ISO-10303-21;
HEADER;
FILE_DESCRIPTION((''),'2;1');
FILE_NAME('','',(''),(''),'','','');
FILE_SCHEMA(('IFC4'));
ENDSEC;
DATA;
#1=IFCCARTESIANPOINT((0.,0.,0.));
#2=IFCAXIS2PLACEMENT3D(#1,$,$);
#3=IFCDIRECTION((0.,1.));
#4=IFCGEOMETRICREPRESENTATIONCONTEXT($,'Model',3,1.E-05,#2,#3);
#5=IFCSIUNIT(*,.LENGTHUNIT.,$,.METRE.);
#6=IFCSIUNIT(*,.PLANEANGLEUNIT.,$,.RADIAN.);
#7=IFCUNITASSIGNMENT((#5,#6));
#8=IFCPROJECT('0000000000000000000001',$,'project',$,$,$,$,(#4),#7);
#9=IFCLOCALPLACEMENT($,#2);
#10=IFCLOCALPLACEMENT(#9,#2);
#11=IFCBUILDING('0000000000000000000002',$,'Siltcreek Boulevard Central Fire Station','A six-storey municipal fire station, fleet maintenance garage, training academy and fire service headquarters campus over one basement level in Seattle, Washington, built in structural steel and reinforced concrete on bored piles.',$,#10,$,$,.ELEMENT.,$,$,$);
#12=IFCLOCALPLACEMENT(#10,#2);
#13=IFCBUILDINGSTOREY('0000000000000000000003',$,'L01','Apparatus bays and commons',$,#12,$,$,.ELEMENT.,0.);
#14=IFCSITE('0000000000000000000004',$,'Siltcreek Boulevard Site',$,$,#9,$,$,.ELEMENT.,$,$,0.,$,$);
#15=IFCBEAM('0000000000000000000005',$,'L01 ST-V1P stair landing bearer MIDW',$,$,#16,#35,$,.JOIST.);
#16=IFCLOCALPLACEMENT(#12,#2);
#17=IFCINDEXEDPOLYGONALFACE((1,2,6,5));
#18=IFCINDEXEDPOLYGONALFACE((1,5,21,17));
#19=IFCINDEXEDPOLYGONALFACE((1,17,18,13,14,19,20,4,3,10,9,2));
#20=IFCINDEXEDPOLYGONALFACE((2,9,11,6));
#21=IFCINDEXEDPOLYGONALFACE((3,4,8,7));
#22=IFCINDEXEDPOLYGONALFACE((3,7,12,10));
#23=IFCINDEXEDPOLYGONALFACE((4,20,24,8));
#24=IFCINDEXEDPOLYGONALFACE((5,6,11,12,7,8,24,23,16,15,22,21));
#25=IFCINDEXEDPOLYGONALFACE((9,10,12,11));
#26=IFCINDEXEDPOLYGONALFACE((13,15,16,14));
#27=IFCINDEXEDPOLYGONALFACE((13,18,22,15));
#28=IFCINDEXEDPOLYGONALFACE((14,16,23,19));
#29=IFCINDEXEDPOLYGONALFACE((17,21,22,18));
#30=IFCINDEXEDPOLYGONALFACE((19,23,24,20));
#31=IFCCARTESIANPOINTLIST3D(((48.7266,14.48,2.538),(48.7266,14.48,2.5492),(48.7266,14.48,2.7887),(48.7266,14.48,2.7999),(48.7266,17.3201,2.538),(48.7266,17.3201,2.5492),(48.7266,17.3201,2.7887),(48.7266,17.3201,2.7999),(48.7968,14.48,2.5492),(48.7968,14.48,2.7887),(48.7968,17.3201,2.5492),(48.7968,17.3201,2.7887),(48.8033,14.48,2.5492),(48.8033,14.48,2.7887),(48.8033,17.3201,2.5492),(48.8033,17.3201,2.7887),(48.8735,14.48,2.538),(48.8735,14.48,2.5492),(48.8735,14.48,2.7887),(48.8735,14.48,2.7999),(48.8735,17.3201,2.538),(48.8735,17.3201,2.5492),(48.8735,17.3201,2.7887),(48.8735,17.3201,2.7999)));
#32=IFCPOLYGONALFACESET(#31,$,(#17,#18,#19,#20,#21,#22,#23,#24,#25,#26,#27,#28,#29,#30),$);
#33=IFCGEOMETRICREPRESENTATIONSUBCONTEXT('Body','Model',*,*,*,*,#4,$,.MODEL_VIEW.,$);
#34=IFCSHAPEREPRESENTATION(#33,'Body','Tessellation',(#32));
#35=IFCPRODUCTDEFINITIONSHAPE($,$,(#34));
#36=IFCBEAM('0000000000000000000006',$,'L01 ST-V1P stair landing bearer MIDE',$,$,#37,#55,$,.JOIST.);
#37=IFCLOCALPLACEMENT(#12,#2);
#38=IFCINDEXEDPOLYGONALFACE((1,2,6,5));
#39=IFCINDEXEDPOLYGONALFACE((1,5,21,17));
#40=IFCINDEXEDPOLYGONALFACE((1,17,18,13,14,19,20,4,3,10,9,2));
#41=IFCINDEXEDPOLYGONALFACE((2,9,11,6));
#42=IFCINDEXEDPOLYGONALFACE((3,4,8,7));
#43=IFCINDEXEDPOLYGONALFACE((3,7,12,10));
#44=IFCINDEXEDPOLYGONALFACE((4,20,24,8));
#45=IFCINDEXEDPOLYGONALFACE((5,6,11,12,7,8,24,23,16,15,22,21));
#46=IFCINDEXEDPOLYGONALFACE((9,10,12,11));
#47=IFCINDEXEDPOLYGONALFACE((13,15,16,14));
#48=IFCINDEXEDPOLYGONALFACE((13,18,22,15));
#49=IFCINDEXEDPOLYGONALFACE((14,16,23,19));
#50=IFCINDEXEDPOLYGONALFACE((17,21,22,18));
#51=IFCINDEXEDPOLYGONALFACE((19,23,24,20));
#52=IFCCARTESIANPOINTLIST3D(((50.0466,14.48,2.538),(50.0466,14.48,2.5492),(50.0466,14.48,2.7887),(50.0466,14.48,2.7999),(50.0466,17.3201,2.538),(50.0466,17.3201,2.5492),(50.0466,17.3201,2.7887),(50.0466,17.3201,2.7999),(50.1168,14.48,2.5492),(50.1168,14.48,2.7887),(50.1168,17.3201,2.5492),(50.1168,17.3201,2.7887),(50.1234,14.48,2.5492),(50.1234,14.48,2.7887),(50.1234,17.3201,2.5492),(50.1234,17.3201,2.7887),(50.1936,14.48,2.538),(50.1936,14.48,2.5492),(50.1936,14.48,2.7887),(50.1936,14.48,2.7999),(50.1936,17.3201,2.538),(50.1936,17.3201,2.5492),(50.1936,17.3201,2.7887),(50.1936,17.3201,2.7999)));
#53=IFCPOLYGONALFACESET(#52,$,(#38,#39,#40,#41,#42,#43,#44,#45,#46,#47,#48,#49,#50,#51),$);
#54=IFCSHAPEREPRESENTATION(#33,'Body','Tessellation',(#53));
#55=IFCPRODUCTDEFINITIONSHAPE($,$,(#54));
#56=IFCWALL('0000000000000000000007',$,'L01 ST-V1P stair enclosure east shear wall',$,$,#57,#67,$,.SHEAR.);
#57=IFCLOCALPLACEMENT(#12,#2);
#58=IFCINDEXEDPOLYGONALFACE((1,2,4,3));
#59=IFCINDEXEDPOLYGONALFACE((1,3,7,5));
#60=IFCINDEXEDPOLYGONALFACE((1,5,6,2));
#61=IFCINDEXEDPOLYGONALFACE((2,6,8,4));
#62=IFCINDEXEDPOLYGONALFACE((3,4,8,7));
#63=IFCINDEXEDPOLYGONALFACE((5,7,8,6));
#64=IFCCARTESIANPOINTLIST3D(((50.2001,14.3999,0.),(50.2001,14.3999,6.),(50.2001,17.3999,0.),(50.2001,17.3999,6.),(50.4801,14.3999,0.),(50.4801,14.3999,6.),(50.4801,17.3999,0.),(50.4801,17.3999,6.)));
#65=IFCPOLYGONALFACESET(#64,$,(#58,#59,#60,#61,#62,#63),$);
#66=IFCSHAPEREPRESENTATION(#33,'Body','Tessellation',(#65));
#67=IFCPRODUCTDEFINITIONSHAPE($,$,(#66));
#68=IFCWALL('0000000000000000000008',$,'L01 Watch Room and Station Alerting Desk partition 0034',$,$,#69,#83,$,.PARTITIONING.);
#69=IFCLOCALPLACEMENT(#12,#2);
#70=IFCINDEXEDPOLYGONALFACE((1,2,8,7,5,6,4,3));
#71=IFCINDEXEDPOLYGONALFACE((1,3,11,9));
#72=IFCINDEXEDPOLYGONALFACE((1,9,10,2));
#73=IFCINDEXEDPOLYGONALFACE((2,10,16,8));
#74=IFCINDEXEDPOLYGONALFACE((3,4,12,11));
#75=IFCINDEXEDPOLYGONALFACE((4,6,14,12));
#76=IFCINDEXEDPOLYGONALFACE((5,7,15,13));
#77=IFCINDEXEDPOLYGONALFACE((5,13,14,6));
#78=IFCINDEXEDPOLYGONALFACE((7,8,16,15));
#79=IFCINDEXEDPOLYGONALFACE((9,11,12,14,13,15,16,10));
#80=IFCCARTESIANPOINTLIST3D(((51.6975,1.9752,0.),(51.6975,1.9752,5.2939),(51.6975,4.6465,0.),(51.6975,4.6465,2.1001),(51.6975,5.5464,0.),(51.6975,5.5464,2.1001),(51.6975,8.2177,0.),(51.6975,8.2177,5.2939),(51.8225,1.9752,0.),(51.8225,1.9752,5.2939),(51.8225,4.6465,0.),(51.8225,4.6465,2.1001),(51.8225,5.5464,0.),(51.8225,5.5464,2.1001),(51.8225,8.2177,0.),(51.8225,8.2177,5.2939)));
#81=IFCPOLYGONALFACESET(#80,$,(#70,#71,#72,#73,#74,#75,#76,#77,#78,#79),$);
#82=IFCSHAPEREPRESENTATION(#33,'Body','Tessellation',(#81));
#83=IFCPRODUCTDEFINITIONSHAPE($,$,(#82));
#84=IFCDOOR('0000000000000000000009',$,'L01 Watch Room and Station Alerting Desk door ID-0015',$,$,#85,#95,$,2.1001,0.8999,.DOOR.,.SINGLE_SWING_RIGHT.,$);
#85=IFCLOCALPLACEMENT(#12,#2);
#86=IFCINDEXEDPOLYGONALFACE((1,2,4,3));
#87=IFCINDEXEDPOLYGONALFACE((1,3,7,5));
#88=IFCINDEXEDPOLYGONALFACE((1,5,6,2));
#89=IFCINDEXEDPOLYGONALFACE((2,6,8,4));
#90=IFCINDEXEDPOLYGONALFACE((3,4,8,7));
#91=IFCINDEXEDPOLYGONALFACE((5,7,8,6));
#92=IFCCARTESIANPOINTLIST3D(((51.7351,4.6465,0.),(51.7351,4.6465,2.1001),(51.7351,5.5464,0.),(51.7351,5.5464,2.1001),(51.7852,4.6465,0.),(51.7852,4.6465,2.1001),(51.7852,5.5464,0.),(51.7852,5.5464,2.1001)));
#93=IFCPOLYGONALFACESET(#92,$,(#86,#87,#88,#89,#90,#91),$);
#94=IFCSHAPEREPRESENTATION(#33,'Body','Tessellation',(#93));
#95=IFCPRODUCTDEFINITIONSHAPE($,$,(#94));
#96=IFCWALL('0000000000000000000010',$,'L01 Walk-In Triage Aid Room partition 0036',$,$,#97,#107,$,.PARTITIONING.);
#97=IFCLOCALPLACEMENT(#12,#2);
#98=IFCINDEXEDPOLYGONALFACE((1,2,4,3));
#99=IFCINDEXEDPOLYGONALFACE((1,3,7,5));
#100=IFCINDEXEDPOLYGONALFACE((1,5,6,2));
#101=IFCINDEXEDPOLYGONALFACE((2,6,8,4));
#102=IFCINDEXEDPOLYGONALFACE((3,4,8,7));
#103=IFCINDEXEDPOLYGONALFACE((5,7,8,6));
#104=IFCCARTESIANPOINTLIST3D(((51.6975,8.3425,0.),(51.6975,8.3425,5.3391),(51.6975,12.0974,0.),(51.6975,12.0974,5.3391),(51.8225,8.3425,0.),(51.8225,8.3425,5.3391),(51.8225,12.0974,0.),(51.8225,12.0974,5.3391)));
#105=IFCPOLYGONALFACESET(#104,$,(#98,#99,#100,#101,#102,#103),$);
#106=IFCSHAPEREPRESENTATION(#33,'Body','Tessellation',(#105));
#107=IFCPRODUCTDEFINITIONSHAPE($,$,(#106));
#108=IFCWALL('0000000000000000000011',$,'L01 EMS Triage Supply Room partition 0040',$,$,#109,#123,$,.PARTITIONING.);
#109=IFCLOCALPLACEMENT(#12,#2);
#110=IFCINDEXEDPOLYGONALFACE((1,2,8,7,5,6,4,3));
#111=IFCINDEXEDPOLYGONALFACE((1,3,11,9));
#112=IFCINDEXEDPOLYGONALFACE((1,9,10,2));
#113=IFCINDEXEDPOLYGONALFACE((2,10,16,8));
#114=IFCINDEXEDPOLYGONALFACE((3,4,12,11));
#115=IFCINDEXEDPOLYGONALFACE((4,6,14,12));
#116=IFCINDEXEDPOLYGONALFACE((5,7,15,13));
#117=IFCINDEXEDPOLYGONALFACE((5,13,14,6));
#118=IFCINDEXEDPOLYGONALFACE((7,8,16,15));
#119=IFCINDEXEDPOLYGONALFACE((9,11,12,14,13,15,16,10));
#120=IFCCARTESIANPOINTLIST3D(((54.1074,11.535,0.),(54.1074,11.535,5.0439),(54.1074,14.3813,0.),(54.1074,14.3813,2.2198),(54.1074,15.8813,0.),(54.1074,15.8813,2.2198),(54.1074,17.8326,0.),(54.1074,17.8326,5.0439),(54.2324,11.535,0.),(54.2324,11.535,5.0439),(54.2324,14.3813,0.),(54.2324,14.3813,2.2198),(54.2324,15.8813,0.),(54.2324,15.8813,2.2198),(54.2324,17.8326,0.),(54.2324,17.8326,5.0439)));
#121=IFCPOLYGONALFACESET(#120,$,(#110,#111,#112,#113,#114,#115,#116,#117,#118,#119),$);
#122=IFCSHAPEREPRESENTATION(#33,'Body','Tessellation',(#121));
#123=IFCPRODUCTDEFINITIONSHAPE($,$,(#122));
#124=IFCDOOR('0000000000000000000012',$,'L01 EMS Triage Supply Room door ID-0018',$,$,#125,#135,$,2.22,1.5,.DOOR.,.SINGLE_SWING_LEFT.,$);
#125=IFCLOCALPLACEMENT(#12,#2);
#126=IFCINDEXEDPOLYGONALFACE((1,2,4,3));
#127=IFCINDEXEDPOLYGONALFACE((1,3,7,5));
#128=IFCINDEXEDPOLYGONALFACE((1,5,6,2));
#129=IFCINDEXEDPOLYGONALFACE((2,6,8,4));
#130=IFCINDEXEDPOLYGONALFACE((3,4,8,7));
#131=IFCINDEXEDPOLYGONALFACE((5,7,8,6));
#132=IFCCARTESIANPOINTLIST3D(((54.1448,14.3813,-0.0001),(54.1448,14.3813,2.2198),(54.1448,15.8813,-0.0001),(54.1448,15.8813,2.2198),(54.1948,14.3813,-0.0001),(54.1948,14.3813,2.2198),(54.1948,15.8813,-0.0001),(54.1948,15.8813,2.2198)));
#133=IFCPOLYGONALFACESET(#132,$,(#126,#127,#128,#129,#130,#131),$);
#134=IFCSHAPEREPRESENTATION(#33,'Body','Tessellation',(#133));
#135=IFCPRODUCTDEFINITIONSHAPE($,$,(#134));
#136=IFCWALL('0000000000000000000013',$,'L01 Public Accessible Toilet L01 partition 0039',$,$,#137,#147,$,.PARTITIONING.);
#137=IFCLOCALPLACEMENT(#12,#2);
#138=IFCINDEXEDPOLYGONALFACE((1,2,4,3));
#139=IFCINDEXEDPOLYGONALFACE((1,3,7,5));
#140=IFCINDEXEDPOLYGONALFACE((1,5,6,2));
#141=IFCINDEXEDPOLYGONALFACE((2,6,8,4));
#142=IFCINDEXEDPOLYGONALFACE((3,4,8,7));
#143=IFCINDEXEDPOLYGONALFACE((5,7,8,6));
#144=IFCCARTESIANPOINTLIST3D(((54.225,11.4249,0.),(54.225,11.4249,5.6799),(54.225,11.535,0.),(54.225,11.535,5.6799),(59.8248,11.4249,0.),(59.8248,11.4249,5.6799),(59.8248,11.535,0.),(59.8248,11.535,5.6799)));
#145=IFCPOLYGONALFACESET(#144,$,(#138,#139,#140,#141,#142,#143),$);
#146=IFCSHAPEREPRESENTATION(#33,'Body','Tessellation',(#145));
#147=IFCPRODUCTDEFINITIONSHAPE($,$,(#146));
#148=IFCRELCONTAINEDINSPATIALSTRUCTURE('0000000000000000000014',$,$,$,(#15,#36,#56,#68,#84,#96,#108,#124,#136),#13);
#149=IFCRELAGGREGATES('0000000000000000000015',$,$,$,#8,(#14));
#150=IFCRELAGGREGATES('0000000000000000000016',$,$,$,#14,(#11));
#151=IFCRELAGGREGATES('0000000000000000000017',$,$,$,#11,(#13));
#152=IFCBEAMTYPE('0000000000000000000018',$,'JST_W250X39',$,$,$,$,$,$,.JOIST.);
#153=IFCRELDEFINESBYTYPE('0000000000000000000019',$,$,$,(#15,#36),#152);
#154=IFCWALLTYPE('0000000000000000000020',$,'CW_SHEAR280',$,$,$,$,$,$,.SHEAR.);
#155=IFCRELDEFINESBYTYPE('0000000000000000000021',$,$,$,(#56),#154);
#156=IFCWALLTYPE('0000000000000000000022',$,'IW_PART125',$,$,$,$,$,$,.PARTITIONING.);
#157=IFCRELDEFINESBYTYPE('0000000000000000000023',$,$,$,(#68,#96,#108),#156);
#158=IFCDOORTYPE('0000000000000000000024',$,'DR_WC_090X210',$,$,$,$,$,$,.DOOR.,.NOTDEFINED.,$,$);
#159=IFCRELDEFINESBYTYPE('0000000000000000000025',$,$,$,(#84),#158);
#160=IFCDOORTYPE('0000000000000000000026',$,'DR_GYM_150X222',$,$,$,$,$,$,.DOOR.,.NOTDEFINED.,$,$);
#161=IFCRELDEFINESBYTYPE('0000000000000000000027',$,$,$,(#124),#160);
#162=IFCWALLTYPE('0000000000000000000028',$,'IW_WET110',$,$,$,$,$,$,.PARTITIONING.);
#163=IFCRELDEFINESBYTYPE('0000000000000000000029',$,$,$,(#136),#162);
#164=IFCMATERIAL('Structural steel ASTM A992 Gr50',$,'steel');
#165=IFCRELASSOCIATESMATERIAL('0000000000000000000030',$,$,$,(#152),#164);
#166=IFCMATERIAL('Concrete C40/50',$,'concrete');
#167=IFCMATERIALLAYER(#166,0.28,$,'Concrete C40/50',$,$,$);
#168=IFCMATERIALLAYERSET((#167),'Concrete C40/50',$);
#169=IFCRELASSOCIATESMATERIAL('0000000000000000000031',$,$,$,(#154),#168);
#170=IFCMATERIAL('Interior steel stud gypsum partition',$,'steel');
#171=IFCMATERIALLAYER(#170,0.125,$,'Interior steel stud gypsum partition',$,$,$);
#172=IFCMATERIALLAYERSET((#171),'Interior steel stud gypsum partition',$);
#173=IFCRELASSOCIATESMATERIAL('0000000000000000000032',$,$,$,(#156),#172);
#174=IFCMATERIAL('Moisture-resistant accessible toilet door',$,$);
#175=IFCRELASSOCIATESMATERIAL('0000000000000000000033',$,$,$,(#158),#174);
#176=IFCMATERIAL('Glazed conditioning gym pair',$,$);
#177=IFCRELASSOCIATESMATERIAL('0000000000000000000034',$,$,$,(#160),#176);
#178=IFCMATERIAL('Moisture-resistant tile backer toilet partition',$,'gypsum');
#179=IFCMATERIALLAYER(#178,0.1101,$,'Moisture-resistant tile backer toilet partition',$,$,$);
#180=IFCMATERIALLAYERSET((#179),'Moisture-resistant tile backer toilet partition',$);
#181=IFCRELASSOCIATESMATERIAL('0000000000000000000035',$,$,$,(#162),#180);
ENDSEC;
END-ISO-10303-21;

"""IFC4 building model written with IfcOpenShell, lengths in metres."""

from ifc_helpers import new_model, si_unit, direction, frame, frame_2d, origin, origin_2d, place, context, subcontext, project, spatial, rectangle, i_section, extrude, material, layer, layer_set, material_profile, profile_set, type_object, element, fill, save


model = new_model("IFC4")

# Units and contexts
model_context = context("Model", 3, precision=1e-05, world=origin(), true_north=direction((0.0, 1.0)))
body_context = subcontext(model_context, "Body", "Model", "MODEL_VIEW")
ifc_project = project(units=[si_unit("LENGTHUNIT", "METRE"), si_unit("PLANEANGLEUNIT", "RADIAN")], contexts=[model_context])

# Site, building, storey
site_placement = place(None, origin())
site = spatial("IfcSite", under=ifc_project, at=site_placement, Name="Siltcreek Boulevard Site", CompositionType="ELEMENT", RefElevation=0.0)
building_placement = place(site_placement, origin())
building = spatial("IfcBuilding", under=site, at=building_placement, Name="Siltcreek Boulevard Central Fire Station", Description="A six-storey municipal fire station, fleet maintenance garage, training academy and fire service headquarters campus over one basement level in Seattle, Washington, built in structural steel and reinforced concrete on bored piles.", CompositionType="ELEMENT")
storey_placement = place(building_placement, origin())
storey = spatial("IfcBuildingStorey", under=building, at=storey_placement, Name="L01", Description="Apparatus bays and commons", CompositionType="ELEMENT", Elevation=0.0)

# Shared definitions
ifc_material_1 = material(Name="Structural steel ASTM A992 Gr50", Category="steel")

# Beams
ifc_material_profile_1 = material_profile(ifc_material_1, i_section(OverallWidth=0.147, OverallDepth=0.262, WebThickness=0.0066, FlangeThickness=0.0112, at=origin_2d()), Name="W250X39")
ifc_profile_set_1 = profile_set([ifc_material_profile_1], Name="Structural steel ASTM A992 Gr50")
beam_type_1 = type_object("IfcBeamType", Name="JST_W250X39", PredefinedType="JOIST", material=ifc_profile_set_1)
for number, where, z_axis, x_axis, name in (
    (1, (48.8, 14.48, 2.6689), (0.0, 1.0, 0.0), (-1.0, 0.0, 0.0), "L01 ST-V1P stair landing bearer MIDW"),
    (2, (50.1201, 14.48, 2.6689), (0.0, 1.0, 0.0), (-1.0, 0.0, 0.0), "L01 ST-V1P stair landing bearer MIDE"),
):
    element("IfcBeam", number, at=place(storey_placement, frame(where, z_axis=z_axis, x_axis=x_axis)), inside=storey, type_object=beam_type_1, Name=name, PredefinedType="JOIST", context=body_context, shape_type="SweptSolid", body=[
        extrude(i_section(OverallWidth=0.147, OverallDepth=0.262, WebThickness=0.0066, FlangeThickness=0.0112, at=origin_2d()), origin(), (0.0, 0.0, 1.0), 2.8401),
    ])

# Wall
ifc_material_2 = material(Name="Concrete C40/50", Category="concrete")
ifc_layer_1 = layer(ifc_material_2, 0.28, Name="Concrete C40/50")
ifc_layer_set_1 = layer_set([ifc_layer_1], Name="Concrete C40/50")
wall_type_1 = type_object("IfcWallType", Name="CW_SHEAR280", PredefinedType="SHEAR", material=ifc_layer_set_1)
wall_1_placement = place(storey_placement, frame((50.3401, 14.3999, 0.0), z_axis=(0.0, 0.0, 1.0), x_axis=(0.0, 1.0, 0.0)))
element("IfcWall", 3, at=wall_1_placement, inside=storey, type_object=wall_type_1, Name="L01 ST-V1P stair enclosure east shear wall", PredefinedType="SHEAR", context=body_context, shape_type="SweptSolid", body=[
    extrude(rectangle(XDim=3.0, YDim=0.28, at=frame_2d((1.5, 0.0))), origin(), (0.0, 0.0, 1.0), 6.0),
])

# Wall, opening, door
ifc_material_3 = material(Name="Interior steel stud gypsum partition", Category="steel")
ifc_layer_2 = layer(ifc_material_3, 0.125, Name="Interior steel stud gypsum partition")
ifc_layer_set_2 = layer_set([ifc_layer_2], Name="Interior steel stud gypsum partition")
wall_type_2 = type_object("IfcWallType", Name="IW_PART125", PredefinedType="PARTITIONING", material=ifc_layer_set_2)
wall_2_placement = place(storey_placement, frame((51.76, 8.2175, 0.0), z_axis=(0.0, 0.0, 1.0), x_axis=(0.0, -1.0, 0.0)))
wall_2 = element("IfcWall", 4, at=wall_2_placement, inside=storey, type_object=wall_type_2, Name="L01 Watch Room and Station Alerting Desk partition 0034", PredefinedType="PARTITIONING", context=body_context, shape_type="SweptSolid", body=[
    extrude(rectangle(XDim=6.2424, YDim=0.125, at=frame_2d((3.1211, 0.0))), origin(), (0.0, 0.0, 1.0), 5.2939),
])
opening_1_placement = place(wall_2_placement, frame((2.6711, 0.0, 0.0)))
opening_1 = element("IfcOpeningElement", 5, at=opening_1_placement, cuts=wall_2, PredefinedType="OPENING", context=body_context, shape_type="SweptSolid", body=[
    extrude(rectangle(XDim=0.8999, YDim=2.1001, at=frame_2d((0.45, 1.05))), frame((0.0, 0.0725, 0.0), z_axis=(0.0, -1.0, 0.0), x_axis=(1.0, 0.0, 0.0)), (0.0, 0.0, 1.0), 0.145),
])
ifc_material_4 = material(Name="Moisture-resistant accessible toilet door")
door_type_1 = type_object("IfcDoorType", Name="DR_WC_090X210", OperationType="NOTDEFINED", PredefinedType="DOOR", material=ifc_material_4)
door_1_placement = place(opening_1_placement, frame((0.8999, 0.0, 0.0), z_axis=(0.0, 0.0, 1.0), x_axis=(-1.0, 0.0, 0.0)))
door_1 = element("IfcDoor", 6, at=door_1_placement, inside=storey, type_object=door_type_1, Name="L01 Watch Room and Station Alerting Desk door ID-0015", OperationType="SINGLE_SWING_RIGHT", OverallHeight=2.1001, OverallWidth=0.8999, PredefinedType="DOOR", context=body_context, shape_type="SweptSolid", body=[
    extrude(rectangle(XDim=0.8999, YDim=2.1001, at=frame_2d((0.45, 1.05))), frame((0.0, 0.0249, 0.0), z_axis=(0.0, -1.0, 0.0), x_axis=(1.0, 0.0, 0.0)), (0.0, 0.0, 1.0), 0.05),
])
fill(opening_1, door_1)

# Wall
wall_3_placement = place(storey_placement, frame((51.76, 12.0974, 0.0), z_axis=(0.0, 0.0, 1.0), x_axis=(0.0, -1.0, 0.0)))
element("IfcWall", 7, at=wall_3_placement, inside=storey, type_object=wall_type_2, Name="L01 Walk-In Triage Aid Room partition 0036", PredefinedType="PARTITIONING", context=body_context, shape_type="SweptSolid", body=[
    extrude(rectangle(XDim=3.7549, YDim=0.125, at=frame_2d((1.8774, 0.0))), origin(), (0.0, 0.0, 1.0), 5.3391),
])

# Wall, opening, door
wall_4_placement = place(storey_placement, frame((54.1699, 11.5349, 0.0), z_axis=(0.0, 0.0, 1.0), x_axis=(0.0, 1.0, 0.0)))
wall_4 = element("IfcWall", 8, at=wall_4_placement, inside=storey, type_object=wall_type_2, Name="L01 EMS Triage Supply Room partition 0040", PredefinedType="PARTITIONING", context=body_context, shape_type="SweptSolid", body=[
    extrude(rectangle(XDim=6.2976, YDim=0.125, at=frame_2d((3.1489, 0.0))), origin(), (0.0, 0.0, 1.0), 5.0439),
])
opening_2_placement = place(wall_4_placement, frame((2.8464, 0.0, 0.0)))
opening_2 = element("IfcOpeningElement", 9, at=opening_2_placement, cuts=wall_4, PredefinedType="OPENING", context=body_context, shape_type="SweptSolid", body=[
    extrude(rectangle(XDim=1.5, YDim=2.22, at=frame_2d((0.75, 1.1099))), frame((0.0, 0.0725, 0.0), z_axis=(0.0, -1.0, 0.0), x_axis=(1.0, 0.0, 0.0)), (0.0, 0.0, 1.0), 0.145),
])
ifc_material_5 = material(Name="Glazed conditioning gym pair")
door_type_2 = type_object("IfcDoorType", Name="DR_GYM_150X222", OperationType="NOTDEFINED", PredefinedType="DOOR", material=ifc_material_5)
door_2_placement = place(opening_2_placement, frame((1.5, 0.0, 0.0), z_axis=(0.0, 0.0, 1.0), x_axis=(-1.0, 0.0, 0.0)))
door_2 = element("IfcDoor", 10, at=door_2_placement, inside=storey, type_object=door_type_2, Name="L01 EMS Triage Supply Room door ID-0018", OperationType="SINGLE_SWING_LEFT", OverallHeight=2.22, OverallWidth=1.5, PredefinedType="DOOR", context=body_context, shape_type="SweptSolid", body=[
    extrude(rectangle(XDim=1.5, YDim=2.22, at=frame_2d((0.75, 1.1099))), frame((0.0, 0.0249, 0.0), z_axis=(0.0, -1.0, 0.0), x_axis=(1.0, 0.0, 0.0)), (0.0, 0.0, 1.0), 0.05),
])
fill(opening_2, door_2)

# Wall
ifc_material_6 = material(Name="Moisture-resistant tile backer toilet partition", Category="gypsum")
ifc_layer_3 = layer(ifc_material_6, 0.1101, Name="Moisture-resistant tile backer toilet partition")
ifc_layer_set_3 = layer_set([ifc_layer_3], Name="Moisture-resistant tile backer toilet partition")
wall_type_3 = type_object("IfcWallType", Name="IW_WET110", PredefinedType="PARTITIONING", material=ifc_layer_set_3)
wall_5_placement = place(storey_placement, frame((54.2251, 11.48, 0.0), z_axis=(0.0, 0.0, 1.0), x_axis=(1.0, 0.0, 0.0)))
element("IfcWall", 11, at=wall_5_placement, inside=storey, type_object=wall_type_3, Name="L01 Public Accessible Toilet L01 partition 0039", PredefinedType="PARTITIONING", context=body_context, shape_type="SweptSolid", body=[
    extrude(rectangle(XDim=5.5999, YDim=0.1101, at=frame_2d((2.7998, 0.0))), origin(), (0.0, 0.0, 1.0), 5.6799),
])

save(model, "model.ifc")
